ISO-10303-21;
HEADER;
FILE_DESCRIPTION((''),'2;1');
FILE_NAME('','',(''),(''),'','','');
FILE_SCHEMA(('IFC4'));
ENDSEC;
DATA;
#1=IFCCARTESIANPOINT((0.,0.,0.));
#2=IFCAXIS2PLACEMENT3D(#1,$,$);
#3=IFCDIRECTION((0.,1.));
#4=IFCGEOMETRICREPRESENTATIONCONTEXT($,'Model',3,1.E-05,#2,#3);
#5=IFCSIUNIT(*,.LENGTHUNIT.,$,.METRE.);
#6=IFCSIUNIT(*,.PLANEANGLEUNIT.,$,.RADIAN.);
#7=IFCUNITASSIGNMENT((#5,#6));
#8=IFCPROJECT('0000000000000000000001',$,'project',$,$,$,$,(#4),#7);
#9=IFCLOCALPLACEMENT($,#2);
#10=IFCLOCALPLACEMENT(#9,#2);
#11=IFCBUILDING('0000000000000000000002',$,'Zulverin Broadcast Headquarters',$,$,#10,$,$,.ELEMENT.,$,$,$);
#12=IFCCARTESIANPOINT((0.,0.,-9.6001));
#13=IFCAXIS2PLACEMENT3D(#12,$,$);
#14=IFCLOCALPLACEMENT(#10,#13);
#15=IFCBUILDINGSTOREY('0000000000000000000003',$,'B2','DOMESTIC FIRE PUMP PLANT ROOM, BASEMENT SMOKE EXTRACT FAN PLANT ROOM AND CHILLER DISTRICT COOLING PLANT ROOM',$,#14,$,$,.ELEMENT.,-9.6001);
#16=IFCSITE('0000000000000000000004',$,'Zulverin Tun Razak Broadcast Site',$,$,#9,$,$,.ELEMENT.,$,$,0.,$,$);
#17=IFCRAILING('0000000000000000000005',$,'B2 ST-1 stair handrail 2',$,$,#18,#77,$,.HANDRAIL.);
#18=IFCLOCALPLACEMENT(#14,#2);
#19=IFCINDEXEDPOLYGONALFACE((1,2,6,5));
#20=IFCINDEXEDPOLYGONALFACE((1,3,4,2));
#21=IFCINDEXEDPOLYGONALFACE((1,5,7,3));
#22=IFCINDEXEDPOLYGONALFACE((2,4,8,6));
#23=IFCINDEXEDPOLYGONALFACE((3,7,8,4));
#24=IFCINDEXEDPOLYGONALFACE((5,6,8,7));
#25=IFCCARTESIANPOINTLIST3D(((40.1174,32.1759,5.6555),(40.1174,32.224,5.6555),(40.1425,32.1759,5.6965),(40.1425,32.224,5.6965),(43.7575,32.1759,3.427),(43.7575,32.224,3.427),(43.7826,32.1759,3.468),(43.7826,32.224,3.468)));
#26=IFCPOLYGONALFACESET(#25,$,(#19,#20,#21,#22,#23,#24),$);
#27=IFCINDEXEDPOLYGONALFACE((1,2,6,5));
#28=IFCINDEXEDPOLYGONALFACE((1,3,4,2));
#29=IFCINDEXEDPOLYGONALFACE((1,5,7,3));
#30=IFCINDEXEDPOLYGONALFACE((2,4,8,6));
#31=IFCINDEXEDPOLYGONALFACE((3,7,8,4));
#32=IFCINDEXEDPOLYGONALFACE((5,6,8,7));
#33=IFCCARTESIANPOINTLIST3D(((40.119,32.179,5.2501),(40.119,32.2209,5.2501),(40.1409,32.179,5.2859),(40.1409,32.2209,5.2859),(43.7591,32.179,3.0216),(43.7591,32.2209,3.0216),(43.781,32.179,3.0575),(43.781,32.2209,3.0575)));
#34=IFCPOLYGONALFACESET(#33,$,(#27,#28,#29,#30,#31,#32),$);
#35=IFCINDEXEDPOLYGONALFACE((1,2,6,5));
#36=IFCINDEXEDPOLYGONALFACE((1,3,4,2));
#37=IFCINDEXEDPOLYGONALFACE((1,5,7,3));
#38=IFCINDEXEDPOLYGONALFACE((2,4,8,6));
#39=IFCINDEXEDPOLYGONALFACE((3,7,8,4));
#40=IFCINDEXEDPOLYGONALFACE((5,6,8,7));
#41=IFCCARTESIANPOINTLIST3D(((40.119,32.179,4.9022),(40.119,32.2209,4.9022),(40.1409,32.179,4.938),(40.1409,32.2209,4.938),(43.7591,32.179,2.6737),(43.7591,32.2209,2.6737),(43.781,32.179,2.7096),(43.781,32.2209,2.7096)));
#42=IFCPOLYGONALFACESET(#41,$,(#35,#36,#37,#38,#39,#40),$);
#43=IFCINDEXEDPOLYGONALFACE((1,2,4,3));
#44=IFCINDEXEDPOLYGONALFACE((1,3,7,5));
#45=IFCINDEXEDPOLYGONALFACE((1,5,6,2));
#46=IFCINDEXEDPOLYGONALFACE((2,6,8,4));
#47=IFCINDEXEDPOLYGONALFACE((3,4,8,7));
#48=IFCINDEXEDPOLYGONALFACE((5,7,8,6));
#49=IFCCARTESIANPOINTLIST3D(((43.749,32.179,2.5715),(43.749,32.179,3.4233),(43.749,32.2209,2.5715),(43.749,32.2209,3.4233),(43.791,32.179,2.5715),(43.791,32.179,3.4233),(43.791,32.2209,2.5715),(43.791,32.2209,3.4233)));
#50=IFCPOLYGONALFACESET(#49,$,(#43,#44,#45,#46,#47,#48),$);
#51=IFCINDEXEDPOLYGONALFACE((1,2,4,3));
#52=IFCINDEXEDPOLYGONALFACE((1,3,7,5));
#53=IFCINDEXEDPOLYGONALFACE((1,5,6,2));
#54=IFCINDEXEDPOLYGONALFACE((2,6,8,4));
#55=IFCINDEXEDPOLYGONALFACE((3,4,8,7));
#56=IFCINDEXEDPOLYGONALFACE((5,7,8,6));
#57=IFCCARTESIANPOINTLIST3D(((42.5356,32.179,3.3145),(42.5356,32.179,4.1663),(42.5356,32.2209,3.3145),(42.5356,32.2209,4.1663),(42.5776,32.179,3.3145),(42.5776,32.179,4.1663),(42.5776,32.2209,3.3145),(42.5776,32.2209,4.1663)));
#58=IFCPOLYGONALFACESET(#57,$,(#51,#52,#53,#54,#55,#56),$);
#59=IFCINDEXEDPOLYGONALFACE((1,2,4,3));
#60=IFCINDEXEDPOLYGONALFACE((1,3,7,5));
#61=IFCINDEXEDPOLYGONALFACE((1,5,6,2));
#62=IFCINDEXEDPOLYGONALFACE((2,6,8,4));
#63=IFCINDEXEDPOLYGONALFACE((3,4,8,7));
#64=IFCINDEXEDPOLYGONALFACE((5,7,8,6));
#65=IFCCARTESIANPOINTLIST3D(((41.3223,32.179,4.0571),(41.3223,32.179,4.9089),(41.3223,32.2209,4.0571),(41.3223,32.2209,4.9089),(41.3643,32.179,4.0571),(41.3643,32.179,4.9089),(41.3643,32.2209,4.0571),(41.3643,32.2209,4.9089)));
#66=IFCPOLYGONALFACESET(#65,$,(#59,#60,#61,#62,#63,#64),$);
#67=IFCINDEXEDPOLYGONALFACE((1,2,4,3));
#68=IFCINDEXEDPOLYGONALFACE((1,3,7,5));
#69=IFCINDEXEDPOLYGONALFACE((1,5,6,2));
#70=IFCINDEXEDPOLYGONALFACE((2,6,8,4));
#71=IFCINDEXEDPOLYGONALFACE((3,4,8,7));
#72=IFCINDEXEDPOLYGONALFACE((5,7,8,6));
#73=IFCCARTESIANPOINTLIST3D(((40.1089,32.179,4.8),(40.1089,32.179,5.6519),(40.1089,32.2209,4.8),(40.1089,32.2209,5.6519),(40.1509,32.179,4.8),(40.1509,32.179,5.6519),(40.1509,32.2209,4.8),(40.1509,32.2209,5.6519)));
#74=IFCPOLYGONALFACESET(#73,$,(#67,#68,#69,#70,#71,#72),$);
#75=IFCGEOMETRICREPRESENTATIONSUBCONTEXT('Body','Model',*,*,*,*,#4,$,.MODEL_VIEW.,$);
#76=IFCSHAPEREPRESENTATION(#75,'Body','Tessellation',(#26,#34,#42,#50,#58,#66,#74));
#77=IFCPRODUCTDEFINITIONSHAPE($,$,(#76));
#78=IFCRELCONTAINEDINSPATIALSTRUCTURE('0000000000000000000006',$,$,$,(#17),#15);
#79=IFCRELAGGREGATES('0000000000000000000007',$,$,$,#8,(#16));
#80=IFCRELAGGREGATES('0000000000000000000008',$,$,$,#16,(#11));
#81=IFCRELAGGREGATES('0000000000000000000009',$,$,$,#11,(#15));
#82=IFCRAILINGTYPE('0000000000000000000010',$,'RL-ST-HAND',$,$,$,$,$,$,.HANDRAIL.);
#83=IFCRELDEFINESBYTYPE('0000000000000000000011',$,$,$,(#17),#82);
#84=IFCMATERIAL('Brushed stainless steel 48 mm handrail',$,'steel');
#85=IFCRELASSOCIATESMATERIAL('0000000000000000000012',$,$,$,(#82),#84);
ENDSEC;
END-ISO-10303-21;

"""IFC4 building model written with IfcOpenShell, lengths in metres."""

from ifc_helpers import new_model, si_unit, direction, frame, origin, origin_2d, place, context, subcontext, project, spatial, rectangle, extrude, material, type_object, element, save


model = new_model("IFC4")

# Units and contexts
model_context = context("Model", 3, precision=1e-05, world=origin(), true_north=direction((0.0, 1.0)))
body_context = subcontext(model_context, "Body", "Model", "MODEL_VIEW")
ifc_project = project(units=[si_unit("LENGTHUNIT", "METRE"), si_unit("PLANEANGLEUNIT", "RADIAN")], contexts=[model_context])

# Site, building, storey
site_placement = place(None, origin())
site = spatial("IfcSite", under=ifc_project, at=site_placement, Name="Zulverin Tun Razak Broadcast Site", CompositionType="ELEMENT", RefElevation=0.0)
building_placement = place(site_placement, origin())
building = spatial("IfcBuilding", under=site, at=building_placement, Name="Zulverin Broadcast Headquarters", CompositionType="ELEMENT")
storey_placement = place(building_placement, frame((0.0, 0.0, -9.6001)))
storey = spatial("IfcBuildingStorey", under=building, at=storey_placement, Name="B2", Description="DOMESTIC FIRE PUMP PLANT ROOM, BASEMENT SMOKE EXTRACT FAN PLANT ROOM AND CHILLER DISTRICT COOLING PLANT ROOM", CompositionType="ELEMENT", Elevation=-9.6001)

# Railing
ifc_material_1 = material(Name="Brushed stainless steel 48 mm handrail", Category="steel")
railing_type = type_object("IfcRailingType", Name="RL-ST-HAND", PredefinedType="HANDRAIL", material=ifc_material_1)
railing_placement = place(storey_placement, frame((43.77, 32.2, 2.5715)))
element("IfcRailing", 1, at=railing_placement, inside=storey, type_object=railing_type, Name="B2 ST-1 stair handrail 2", PredefinedType="HANDRAIL", context=body_context, shape_type="SweptSolid", body=[
    extrude(rectangle(XDim=0.0481, YDim=0.0481, at=origin_2d()), frame((0.0, 0.0, 0.876), z_axis=(-0.852866, 0.0, 0.52213), x_axis=(0.0, -1.0, 0.0)), (0.0, 0.0, 1.0), 4.2681),
    extrude(rectangle(XDim=0.042, YDim=0.042, at=origin_2d()), frame((0.0, 0.0, 0.468), z_axis=(-0.852866, 0.0, 0.52213), x_axis=(0.0, -1.0, 0.0)), (0.0, 0.0, 1.0), 4.2681),
    extrude(rectangle(XDim=0.042, YDim=0.042, at=origin_2d()), frame((0.0, 0.0, 0.1201), z_axis=(-0.852866, 0.0, 0.52213), x_axis=(0.0, -1.0, 0.0)), (0.0, 0.0, 1.0), 4.2681),
    extrude(rectangle(XDim=0.042, YDim=0.042, at=origin_2d()), origin(), (0.0, 0.0, 1.0), 0.8518),
    extrude(rectangle(XDim=0.042, YDim=0.042, at=origin_2d()), frame((-1.2134, 0.0, 0.7429)), (0.0, 0.0, 1.0), 0.8518),
    extrude(rectangle(XDim=0.042, YDim=0.042, at=origin_2d()), frame((-2.4268, 0.0, 1.4856)), (0.0, 0.0, 1.0), 0.8518),
    extrude(rectangle(XDim=0.042, YDim=0.042, at=origin_2d()), frame((-3.6401, 0.0, 2.2285)), (0.0, 0.0, 1.0), 0.8518),
])

save(model, "model.ifc")
